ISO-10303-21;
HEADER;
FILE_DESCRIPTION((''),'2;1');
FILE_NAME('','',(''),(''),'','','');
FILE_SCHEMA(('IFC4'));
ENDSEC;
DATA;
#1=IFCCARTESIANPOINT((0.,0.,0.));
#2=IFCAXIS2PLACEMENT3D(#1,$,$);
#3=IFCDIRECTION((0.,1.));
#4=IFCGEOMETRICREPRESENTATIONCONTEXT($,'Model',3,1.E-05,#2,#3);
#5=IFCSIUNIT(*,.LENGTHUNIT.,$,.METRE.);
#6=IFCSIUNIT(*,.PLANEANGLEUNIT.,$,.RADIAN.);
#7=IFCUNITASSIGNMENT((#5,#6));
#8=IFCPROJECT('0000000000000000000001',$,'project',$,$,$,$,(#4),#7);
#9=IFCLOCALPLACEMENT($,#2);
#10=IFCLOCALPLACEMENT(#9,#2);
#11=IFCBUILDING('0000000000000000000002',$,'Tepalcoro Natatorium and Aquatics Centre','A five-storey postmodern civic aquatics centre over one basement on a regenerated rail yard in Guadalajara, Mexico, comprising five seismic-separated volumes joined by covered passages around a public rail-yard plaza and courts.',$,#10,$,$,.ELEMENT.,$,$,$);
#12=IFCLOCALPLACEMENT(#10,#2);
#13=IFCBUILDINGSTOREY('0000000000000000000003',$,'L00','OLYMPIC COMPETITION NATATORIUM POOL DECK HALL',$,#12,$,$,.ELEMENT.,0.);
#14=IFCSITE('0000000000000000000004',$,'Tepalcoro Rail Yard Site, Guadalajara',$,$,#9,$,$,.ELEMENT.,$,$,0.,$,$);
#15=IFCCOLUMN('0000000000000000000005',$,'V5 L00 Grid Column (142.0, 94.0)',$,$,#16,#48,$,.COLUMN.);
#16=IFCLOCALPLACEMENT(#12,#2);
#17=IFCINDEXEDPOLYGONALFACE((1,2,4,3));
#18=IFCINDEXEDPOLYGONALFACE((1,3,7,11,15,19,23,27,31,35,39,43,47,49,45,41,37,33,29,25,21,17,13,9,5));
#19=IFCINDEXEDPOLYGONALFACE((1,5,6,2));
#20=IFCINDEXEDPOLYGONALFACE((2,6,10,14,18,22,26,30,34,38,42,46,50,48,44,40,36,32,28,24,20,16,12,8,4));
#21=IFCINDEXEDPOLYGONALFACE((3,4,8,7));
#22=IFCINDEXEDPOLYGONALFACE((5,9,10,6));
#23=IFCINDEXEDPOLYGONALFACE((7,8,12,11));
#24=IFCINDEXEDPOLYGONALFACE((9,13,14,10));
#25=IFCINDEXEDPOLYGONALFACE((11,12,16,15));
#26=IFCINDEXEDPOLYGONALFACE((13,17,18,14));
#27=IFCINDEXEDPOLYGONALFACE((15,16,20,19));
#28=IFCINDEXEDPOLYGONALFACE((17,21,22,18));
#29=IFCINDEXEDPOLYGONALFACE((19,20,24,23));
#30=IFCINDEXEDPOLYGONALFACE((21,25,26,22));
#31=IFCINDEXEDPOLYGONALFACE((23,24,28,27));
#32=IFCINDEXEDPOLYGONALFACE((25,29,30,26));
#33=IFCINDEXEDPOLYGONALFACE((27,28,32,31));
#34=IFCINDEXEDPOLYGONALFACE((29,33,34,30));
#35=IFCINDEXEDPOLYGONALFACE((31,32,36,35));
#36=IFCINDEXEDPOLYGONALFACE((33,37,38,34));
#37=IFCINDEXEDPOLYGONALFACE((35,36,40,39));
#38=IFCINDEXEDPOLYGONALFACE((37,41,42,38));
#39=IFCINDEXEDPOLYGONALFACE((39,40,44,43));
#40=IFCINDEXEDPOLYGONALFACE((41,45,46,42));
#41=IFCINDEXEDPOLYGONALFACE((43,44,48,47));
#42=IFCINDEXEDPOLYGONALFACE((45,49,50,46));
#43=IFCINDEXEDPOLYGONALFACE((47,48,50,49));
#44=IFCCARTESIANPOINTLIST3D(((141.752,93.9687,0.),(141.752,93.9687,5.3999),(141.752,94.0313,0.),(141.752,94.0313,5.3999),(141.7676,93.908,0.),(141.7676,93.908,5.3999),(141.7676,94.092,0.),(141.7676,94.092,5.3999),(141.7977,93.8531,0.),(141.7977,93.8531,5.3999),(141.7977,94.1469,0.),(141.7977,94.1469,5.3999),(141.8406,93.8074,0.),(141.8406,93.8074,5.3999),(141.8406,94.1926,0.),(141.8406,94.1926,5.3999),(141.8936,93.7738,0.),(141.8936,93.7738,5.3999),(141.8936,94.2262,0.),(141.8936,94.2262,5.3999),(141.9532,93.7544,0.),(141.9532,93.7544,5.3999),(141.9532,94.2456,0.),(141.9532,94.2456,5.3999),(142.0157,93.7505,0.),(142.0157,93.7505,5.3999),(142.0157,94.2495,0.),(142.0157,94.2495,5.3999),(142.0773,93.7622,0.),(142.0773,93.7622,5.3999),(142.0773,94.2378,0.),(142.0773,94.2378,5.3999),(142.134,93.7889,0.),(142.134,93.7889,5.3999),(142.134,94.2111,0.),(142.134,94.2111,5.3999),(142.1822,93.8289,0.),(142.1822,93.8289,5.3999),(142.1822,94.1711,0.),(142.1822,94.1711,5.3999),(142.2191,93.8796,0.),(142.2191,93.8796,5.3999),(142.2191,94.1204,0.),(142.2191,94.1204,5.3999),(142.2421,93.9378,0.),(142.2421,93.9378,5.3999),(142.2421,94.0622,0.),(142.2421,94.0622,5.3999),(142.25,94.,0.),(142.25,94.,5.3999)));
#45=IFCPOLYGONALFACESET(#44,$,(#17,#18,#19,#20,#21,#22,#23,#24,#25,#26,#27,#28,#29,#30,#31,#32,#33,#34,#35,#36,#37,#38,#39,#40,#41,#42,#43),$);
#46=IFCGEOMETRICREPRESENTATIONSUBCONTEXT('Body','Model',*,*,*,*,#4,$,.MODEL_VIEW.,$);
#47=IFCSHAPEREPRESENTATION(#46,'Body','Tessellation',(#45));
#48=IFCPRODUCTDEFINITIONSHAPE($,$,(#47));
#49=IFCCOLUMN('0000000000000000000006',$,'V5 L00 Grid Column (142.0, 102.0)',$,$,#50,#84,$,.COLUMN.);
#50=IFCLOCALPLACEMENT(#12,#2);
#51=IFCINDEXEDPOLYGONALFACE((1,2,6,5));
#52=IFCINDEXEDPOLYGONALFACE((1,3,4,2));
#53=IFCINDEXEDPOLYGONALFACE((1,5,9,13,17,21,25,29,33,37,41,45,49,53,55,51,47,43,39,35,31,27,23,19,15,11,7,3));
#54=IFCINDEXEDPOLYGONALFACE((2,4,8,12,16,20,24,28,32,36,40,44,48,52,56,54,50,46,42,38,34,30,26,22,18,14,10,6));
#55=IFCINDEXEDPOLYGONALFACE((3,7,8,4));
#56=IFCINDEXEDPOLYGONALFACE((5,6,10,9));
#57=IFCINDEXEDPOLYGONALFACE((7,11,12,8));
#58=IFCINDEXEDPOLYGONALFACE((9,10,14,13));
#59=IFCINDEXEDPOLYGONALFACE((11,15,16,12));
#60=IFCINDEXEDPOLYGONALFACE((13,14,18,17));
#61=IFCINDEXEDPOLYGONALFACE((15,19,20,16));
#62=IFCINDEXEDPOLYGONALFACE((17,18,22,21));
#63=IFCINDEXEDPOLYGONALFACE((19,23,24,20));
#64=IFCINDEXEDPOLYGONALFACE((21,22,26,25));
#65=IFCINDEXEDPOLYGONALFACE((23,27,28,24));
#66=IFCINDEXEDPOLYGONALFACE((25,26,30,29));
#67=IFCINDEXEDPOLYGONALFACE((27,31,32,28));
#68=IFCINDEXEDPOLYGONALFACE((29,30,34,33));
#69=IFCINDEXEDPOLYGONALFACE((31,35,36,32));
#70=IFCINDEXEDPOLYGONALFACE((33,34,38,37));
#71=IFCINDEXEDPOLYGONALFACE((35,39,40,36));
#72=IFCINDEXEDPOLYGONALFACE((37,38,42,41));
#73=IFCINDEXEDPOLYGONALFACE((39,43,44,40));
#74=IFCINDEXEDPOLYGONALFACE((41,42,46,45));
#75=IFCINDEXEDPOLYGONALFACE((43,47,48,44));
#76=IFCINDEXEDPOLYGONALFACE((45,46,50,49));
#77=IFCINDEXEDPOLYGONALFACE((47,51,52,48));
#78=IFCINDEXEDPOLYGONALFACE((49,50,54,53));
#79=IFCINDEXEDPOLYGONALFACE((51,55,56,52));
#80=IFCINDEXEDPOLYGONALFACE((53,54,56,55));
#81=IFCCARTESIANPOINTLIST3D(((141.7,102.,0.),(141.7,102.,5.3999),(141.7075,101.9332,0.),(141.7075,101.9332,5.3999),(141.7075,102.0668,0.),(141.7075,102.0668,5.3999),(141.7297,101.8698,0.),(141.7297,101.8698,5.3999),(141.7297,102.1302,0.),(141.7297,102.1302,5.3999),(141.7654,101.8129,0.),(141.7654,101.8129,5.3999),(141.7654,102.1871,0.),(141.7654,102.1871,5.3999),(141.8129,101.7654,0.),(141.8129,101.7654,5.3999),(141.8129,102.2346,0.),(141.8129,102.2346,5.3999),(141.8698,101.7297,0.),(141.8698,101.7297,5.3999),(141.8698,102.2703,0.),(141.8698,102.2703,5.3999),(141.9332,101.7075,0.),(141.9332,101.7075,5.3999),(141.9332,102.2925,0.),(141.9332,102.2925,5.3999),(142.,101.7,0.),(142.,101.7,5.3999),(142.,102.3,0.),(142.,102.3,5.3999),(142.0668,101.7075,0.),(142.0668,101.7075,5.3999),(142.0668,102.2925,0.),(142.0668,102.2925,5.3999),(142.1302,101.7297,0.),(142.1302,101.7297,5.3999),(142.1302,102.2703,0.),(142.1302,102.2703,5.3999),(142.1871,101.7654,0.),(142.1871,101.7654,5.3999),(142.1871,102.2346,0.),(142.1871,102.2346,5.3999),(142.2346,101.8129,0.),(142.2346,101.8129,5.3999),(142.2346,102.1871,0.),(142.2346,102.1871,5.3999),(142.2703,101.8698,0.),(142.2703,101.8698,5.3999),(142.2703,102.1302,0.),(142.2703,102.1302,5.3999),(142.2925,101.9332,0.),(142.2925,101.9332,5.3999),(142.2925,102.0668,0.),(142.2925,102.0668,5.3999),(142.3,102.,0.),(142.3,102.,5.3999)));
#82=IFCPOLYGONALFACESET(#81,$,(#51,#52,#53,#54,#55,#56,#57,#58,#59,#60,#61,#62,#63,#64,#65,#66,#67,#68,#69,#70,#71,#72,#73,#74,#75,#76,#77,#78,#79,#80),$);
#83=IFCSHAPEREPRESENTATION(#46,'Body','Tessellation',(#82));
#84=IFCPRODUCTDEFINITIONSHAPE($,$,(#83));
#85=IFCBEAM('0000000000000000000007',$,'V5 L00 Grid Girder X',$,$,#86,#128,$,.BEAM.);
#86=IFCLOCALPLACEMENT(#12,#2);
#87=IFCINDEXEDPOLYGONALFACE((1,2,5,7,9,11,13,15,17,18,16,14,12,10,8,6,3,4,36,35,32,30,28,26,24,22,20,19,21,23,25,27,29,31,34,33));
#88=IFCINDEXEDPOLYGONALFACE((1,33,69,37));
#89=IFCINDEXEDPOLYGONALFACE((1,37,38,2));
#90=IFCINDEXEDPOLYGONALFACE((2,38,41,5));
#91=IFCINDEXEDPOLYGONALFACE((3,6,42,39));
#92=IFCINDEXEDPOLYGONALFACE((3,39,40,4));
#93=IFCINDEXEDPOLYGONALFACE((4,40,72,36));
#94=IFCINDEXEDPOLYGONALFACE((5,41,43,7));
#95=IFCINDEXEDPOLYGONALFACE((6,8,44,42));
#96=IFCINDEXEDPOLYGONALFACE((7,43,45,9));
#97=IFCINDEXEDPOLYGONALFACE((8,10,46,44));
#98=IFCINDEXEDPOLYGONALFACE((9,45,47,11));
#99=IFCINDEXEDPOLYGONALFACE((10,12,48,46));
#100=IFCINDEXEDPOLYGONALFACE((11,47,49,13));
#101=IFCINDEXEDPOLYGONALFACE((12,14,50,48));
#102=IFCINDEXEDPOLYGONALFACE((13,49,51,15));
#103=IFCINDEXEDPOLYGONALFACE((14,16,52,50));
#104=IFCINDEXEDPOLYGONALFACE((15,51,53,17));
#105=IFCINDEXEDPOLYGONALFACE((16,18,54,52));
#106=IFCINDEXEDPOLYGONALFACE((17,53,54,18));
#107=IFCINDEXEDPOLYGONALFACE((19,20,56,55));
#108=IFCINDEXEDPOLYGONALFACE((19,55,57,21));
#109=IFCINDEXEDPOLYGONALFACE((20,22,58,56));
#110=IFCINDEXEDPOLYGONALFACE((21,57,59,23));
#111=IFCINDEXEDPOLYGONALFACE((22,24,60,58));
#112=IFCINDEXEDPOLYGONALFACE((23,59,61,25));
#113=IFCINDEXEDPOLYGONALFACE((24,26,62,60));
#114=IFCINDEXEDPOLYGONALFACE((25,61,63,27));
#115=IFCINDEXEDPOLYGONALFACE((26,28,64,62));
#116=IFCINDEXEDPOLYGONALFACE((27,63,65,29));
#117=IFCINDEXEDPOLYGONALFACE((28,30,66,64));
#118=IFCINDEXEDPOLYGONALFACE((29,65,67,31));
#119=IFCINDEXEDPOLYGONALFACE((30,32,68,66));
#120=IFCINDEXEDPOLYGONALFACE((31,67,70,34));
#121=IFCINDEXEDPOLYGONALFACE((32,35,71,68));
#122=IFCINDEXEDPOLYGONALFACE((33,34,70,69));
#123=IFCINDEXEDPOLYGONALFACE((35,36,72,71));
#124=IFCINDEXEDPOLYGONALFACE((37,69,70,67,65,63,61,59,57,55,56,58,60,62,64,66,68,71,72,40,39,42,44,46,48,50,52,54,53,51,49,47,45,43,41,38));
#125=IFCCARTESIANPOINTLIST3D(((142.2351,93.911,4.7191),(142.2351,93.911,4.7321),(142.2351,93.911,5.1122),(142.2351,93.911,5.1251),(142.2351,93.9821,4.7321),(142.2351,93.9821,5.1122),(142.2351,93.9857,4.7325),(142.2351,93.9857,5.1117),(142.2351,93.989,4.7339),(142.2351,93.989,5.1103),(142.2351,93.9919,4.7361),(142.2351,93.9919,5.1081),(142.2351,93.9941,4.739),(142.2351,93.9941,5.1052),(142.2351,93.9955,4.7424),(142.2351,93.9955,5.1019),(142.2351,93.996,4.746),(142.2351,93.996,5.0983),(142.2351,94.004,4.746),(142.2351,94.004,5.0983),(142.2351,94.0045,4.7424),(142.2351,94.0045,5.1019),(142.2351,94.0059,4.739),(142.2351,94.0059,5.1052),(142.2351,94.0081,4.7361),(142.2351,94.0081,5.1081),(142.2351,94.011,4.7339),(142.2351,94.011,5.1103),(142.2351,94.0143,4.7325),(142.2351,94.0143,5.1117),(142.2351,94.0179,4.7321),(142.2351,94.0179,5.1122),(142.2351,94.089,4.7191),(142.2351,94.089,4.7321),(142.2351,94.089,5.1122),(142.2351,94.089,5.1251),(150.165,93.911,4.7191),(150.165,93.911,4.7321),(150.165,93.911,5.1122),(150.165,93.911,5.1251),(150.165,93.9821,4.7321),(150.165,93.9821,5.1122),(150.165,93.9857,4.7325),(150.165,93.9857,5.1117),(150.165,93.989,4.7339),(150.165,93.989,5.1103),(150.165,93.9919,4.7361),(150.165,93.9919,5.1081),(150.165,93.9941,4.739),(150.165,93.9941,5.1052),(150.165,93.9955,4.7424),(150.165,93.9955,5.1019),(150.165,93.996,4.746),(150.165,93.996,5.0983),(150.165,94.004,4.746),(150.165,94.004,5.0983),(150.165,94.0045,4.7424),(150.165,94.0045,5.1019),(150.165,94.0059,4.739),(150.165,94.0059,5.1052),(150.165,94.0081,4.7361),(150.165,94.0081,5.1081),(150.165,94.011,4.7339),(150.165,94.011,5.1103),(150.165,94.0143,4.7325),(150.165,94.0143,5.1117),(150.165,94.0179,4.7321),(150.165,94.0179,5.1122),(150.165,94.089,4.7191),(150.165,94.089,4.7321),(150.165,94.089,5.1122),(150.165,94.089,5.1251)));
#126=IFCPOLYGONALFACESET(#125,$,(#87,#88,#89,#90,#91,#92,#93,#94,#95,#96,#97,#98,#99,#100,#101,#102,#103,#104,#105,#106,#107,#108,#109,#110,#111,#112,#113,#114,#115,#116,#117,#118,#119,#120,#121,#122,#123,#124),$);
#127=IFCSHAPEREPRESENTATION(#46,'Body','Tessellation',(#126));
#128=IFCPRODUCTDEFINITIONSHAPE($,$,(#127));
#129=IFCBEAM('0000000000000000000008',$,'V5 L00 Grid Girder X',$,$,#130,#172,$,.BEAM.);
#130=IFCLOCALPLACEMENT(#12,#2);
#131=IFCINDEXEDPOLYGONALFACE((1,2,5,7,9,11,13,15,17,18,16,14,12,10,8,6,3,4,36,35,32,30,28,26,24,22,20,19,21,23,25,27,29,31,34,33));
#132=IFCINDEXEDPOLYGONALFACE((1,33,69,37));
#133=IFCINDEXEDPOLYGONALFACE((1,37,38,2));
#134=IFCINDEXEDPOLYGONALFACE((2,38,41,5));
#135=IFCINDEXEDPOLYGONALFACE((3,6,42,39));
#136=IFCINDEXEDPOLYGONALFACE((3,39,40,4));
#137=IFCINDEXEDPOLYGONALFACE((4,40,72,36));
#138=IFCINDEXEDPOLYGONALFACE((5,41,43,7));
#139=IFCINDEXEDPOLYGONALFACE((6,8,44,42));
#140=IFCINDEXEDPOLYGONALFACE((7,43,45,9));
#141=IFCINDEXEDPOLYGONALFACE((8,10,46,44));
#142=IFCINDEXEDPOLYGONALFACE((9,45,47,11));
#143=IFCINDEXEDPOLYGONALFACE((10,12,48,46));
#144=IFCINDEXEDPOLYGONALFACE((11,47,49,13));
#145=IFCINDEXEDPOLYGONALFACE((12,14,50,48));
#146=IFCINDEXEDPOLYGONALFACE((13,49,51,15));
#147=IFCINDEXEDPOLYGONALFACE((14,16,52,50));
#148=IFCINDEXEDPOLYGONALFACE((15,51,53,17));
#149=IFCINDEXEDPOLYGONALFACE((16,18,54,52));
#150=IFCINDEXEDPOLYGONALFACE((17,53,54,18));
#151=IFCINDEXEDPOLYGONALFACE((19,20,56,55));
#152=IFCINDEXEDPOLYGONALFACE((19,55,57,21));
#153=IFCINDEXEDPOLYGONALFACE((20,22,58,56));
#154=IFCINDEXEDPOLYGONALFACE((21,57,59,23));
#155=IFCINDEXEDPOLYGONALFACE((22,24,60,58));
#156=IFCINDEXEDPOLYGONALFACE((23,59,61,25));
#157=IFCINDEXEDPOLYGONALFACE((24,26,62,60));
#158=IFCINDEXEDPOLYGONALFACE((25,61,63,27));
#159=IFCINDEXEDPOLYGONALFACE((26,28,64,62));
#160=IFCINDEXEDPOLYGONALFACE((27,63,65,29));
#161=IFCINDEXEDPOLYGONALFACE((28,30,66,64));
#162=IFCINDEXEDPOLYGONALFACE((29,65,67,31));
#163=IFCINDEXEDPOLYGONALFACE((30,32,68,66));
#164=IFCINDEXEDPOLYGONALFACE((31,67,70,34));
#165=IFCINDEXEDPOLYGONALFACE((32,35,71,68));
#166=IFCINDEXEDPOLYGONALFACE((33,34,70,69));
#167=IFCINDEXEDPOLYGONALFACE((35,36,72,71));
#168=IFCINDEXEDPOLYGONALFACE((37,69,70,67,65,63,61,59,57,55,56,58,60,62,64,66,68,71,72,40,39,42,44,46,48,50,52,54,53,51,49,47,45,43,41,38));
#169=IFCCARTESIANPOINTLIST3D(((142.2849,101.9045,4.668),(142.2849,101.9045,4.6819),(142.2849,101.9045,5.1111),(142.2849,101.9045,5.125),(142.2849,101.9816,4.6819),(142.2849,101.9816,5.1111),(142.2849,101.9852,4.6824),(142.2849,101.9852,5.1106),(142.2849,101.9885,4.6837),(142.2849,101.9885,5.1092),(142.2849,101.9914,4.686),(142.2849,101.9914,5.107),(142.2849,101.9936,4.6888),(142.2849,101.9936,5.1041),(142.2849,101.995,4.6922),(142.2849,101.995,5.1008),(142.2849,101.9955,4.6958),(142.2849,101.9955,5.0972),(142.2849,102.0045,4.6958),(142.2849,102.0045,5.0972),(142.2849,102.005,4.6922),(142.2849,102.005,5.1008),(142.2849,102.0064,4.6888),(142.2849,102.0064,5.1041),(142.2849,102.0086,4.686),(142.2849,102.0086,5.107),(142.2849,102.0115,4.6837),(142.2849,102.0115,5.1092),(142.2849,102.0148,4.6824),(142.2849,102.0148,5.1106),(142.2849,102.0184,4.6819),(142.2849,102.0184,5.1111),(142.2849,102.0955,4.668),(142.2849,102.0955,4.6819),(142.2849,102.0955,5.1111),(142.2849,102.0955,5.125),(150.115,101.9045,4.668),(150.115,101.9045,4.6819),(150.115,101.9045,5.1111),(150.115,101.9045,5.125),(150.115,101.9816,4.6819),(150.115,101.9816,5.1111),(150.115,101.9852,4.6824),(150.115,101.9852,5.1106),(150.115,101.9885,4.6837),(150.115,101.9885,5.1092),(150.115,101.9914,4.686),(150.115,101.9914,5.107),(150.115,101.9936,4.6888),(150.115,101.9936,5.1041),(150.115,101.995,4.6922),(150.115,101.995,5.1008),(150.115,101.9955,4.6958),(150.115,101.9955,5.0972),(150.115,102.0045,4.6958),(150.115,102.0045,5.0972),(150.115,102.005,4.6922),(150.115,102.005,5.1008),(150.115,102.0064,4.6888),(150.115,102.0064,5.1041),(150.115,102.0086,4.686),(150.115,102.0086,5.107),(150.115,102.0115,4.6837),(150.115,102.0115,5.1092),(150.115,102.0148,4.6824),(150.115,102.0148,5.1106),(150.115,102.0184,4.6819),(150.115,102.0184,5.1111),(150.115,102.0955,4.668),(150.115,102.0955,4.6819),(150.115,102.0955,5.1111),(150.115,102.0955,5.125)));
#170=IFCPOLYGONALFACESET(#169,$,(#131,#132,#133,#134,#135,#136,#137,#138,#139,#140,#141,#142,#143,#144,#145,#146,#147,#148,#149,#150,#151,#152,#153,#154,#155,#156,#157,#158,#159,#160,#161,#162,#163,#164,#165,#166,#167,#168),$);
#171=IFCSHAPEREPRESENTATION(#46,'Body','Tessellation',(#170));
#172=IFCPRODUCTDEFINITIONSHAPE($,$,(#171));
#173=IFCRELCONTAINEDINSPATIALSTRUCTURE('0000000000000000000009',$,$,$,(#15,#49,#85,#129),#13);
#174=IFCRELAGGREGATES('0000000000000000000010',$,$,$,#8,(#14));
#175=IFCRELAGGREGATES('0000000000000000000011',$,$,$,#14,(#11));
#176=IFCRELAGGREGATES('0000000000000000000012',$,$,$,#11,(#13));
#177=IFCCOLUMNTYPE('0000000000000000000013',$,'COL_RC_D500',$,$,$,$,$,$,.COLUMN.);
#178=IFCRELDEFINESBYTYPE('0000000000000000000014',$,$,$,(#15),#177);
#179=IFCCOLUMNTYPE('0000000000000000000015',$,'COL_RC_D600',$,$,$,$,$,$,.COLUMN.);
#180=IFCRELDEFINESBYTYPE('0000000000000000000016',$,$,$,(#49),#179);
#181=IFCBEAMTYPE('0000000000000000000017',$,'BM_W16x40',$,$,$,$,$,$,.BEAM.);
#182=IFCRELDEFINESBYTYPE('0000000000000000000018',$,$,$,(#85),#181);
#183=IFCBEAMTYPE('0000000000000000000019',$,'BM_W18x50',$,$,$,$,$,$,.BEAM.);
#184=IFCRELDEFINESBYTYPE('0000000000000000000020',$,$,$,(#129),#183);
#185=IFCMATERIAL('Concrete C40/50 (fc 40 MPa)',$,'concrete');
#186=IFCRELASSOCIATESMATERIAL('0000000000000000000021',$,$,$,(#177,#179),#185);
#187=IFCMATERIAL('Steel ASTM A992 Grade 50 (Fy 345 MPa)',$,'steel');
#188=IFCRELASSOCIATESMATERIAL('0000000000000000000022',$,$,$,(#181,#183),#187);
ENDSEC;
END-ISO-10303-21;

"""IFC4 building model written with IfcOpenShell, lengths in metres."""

from ifc_helpers import new_model, si_unit, direction, frame, origin, origin_2d, place, context, subcontext, project, spatial, circle, i_section, extrude, material, material_profile, profile_set, type_object, element, save


model = new_model("IFC4")

# Units and contexts
model_context = context("Model", 3, precision=1e-05, world=origin(), true_north=direction((0.0, 1.0)))
body_context = subcontext(model_context, "Body", "Model", "MODEL_VIEW")
ifc_project = project(units=[si_unit("LENGTHUNIT", "METRE"), si_unit("PLANEANGLEUNIT", "RADIAN")], contexts=[model_context])

# Site, building, storey
site_placement = place(None, origin())
site = spatial("IfcSite", under=ifc_project, at=site_placement, Name="Tepalcoro Rail Yard Site, Guadalajara", CompositionType="ELEMENT", RefElevation=0.0)
building_placement = place(site_placement, origin())
building = spatial("IfcBuilding", under=site, at=building_placement, Name="Tepalcoro Natatorium and Aquatics Centre", Description="A five-storey postmodern civic aquatics centre over one basement on a regenerated rail yard in Guadalajara, Mexico, comprising five seismic-separated volumes joined by covered passages around a public rail-yard plaza and courts.", CompositionType="ELEMENT")
storey_placement = place(building_placement, origin())
storey = spatial("IfcBuildingStorey", under=building, at=storey_placement, Name="L00", Description="OLYMPIC COMPETITION NATATORIUM POOL DECK HALL", CompositionType="ELEMENT", Elevation=0.0)

# Shared definitions
ifc_material_1 = material(Name="Concrete C40/50 (fc 40 MPa)", Category="concrete")

# Columns
ifc_material_profile_1 = material_profile(ifc_material_1, circle(Radius=0.25, at=origin_2d()), Name="RCD500")
ifc_profile_set_1 = profile_set([ifc_material_profile_1], Name="Concrete C40/50 (fc 40 MPa)")
column_type_1 = type_object("IfcColumnType", Name="COL_RC_D500", PredefinedType="COLUMN", material=ifc_profile_set_1)
column_1_placement = place(storey_placement, frame((142.0, 94.0, 0.0), z_axis=(0.0, 0.0, 1.0), x_axis=(1.0, 0.0, 0.0)))
element("IfcColumn", 1, at=column_1_placement, inside=storey, type_object=column_type_1, Name="V5 L00 Grid Column (142.0, 94.0)", PredefinedType="COLUMN", context=body_context, shape_type="SweptSolid", body=[
    extrude(circle(Radius=0.25, at=origin_2d()), origin(), (0.0, 0.0, 1.0), 5.3999),
])
ifc_material_profile_2 = material_profile(ifc_material_1, circle(Radius=0.3, at=origin_2d()), Name="RCD600")
ifc_profile_set_2 = profile_set([ifc_material_profile_2], Name="Concrete C40/50 (fc 40 MPa)")
column_type_2 = type_object("IfcColumnType", Name="COL_RC_D600", PredefinedType="COLUMN", material=ifc_profile_set_2)
column_2_placement = place(storey_placement, frame((142.0, 102.0, 0.0), z_axis=(0.0, 0.0, 1.0), x_axis=(1.0, 0.0, 0.0)))
element("IfcColumn", 2, at=column_2_placement, inside=storey, type_object=column_type_2, Name="V5 L00 Grid Column (142.0, 102.0)", PredefinedType="COLUMN", context=body_context, shape_type="SweptSolid", body=[
    extrude(circle(Radius=0.3, at=origin_2d()), origin(), (0.0, 0.0, 1.0), 5.3999),
])

# Beams
ifc_material_2 = material(Name="Steel ASTM A992 Grade 50 (Fy 345 MPa)", Category="steel")
ifc_material_profile_3 = material_profile(ifc_material_2, i_section(OverallWidth=0.178, OverallDepth=0.406, WebThickness=0.0081, FlangeThickness=0.0129, FilletRadius=0.0139, at=origin_2d()), Name="W16X40")
ifc_profile_set_3 = profile_set([ifc_material_profile_3], Name="Steel ASTM A992 Grade 50 (Fy 345 MPa)")
beam_type_1 = type_object("IfcBeamType", Name="BM_W16x40", PredefinedType="BEAM", material=ifc_profile_set_3)
beam_1_placement = place(storey_placement, frame((142.2351, 94.0, 4.9221), z_axis=(1.0, 0.0, 0.0), x_axis=(0.0, 1.0, 0.0)))
element("IfcBeam", 3, at=beam_1_placement, inside=storey, type_object=beam_type_1, Name="V5 L00 Grid Girder X", PredefinedType="BEAM", context=body_context, shape_type="SweptSolid", body=[
    extrude(i_section(OverallWidth=0.178, OverallDepth=0.406, WebThickness=0.0081, FlangeThickness=0.0129, FilletRadius=0.0139, at=origin_2d()), origin(), (0.0, 0.0, 1.0), 7.9299),
])
ifc_material_profile_4 = material_profile(ifc_material_2, i_section(OverallWidth=0.1909, OverallDepth=0.457, WebThickness=0.009, FlangeThickness=0.0139, FilletRadius=0.0139, at=origin_2d()), Name="W18X50")
ifc_profile_set_4 = profile_set([ifc_material_profile_4], Name="Steel ASTM A992 Grade 50 (Fy 345 MPa)")
beam_type_2 = type_object("IfcBeamType", Name="BM_W18x50", PredefinedType="BEAM", material=ifc_profile_set_4)
beam_2_placement = place(storey_placement, frame((142.2849, 102.0, 4.8965), z_axis=(1.0, 0.0, 0.0), x_axis=(0.0, 1.0, 0.0)))
element("IfcBeam", 4, at=beam_2_placement, inside=storey, type_object=beam_type_2, Name="V5 L00 Grid Girder X", PredefinedType="BEAM", context=body_context, shape_type="SweptSolid", body=[
    extrude(i_section(OverallWidth=0.1909, OverallDepth=0.457, WebThickness=0.009, FlangeThickness=0.0139, FilletRadius=0.0139, at=origin_2d()), origin(), (0.0, 0.0, 1.0), 7.8301),
])

save(model, "model.ifc")
